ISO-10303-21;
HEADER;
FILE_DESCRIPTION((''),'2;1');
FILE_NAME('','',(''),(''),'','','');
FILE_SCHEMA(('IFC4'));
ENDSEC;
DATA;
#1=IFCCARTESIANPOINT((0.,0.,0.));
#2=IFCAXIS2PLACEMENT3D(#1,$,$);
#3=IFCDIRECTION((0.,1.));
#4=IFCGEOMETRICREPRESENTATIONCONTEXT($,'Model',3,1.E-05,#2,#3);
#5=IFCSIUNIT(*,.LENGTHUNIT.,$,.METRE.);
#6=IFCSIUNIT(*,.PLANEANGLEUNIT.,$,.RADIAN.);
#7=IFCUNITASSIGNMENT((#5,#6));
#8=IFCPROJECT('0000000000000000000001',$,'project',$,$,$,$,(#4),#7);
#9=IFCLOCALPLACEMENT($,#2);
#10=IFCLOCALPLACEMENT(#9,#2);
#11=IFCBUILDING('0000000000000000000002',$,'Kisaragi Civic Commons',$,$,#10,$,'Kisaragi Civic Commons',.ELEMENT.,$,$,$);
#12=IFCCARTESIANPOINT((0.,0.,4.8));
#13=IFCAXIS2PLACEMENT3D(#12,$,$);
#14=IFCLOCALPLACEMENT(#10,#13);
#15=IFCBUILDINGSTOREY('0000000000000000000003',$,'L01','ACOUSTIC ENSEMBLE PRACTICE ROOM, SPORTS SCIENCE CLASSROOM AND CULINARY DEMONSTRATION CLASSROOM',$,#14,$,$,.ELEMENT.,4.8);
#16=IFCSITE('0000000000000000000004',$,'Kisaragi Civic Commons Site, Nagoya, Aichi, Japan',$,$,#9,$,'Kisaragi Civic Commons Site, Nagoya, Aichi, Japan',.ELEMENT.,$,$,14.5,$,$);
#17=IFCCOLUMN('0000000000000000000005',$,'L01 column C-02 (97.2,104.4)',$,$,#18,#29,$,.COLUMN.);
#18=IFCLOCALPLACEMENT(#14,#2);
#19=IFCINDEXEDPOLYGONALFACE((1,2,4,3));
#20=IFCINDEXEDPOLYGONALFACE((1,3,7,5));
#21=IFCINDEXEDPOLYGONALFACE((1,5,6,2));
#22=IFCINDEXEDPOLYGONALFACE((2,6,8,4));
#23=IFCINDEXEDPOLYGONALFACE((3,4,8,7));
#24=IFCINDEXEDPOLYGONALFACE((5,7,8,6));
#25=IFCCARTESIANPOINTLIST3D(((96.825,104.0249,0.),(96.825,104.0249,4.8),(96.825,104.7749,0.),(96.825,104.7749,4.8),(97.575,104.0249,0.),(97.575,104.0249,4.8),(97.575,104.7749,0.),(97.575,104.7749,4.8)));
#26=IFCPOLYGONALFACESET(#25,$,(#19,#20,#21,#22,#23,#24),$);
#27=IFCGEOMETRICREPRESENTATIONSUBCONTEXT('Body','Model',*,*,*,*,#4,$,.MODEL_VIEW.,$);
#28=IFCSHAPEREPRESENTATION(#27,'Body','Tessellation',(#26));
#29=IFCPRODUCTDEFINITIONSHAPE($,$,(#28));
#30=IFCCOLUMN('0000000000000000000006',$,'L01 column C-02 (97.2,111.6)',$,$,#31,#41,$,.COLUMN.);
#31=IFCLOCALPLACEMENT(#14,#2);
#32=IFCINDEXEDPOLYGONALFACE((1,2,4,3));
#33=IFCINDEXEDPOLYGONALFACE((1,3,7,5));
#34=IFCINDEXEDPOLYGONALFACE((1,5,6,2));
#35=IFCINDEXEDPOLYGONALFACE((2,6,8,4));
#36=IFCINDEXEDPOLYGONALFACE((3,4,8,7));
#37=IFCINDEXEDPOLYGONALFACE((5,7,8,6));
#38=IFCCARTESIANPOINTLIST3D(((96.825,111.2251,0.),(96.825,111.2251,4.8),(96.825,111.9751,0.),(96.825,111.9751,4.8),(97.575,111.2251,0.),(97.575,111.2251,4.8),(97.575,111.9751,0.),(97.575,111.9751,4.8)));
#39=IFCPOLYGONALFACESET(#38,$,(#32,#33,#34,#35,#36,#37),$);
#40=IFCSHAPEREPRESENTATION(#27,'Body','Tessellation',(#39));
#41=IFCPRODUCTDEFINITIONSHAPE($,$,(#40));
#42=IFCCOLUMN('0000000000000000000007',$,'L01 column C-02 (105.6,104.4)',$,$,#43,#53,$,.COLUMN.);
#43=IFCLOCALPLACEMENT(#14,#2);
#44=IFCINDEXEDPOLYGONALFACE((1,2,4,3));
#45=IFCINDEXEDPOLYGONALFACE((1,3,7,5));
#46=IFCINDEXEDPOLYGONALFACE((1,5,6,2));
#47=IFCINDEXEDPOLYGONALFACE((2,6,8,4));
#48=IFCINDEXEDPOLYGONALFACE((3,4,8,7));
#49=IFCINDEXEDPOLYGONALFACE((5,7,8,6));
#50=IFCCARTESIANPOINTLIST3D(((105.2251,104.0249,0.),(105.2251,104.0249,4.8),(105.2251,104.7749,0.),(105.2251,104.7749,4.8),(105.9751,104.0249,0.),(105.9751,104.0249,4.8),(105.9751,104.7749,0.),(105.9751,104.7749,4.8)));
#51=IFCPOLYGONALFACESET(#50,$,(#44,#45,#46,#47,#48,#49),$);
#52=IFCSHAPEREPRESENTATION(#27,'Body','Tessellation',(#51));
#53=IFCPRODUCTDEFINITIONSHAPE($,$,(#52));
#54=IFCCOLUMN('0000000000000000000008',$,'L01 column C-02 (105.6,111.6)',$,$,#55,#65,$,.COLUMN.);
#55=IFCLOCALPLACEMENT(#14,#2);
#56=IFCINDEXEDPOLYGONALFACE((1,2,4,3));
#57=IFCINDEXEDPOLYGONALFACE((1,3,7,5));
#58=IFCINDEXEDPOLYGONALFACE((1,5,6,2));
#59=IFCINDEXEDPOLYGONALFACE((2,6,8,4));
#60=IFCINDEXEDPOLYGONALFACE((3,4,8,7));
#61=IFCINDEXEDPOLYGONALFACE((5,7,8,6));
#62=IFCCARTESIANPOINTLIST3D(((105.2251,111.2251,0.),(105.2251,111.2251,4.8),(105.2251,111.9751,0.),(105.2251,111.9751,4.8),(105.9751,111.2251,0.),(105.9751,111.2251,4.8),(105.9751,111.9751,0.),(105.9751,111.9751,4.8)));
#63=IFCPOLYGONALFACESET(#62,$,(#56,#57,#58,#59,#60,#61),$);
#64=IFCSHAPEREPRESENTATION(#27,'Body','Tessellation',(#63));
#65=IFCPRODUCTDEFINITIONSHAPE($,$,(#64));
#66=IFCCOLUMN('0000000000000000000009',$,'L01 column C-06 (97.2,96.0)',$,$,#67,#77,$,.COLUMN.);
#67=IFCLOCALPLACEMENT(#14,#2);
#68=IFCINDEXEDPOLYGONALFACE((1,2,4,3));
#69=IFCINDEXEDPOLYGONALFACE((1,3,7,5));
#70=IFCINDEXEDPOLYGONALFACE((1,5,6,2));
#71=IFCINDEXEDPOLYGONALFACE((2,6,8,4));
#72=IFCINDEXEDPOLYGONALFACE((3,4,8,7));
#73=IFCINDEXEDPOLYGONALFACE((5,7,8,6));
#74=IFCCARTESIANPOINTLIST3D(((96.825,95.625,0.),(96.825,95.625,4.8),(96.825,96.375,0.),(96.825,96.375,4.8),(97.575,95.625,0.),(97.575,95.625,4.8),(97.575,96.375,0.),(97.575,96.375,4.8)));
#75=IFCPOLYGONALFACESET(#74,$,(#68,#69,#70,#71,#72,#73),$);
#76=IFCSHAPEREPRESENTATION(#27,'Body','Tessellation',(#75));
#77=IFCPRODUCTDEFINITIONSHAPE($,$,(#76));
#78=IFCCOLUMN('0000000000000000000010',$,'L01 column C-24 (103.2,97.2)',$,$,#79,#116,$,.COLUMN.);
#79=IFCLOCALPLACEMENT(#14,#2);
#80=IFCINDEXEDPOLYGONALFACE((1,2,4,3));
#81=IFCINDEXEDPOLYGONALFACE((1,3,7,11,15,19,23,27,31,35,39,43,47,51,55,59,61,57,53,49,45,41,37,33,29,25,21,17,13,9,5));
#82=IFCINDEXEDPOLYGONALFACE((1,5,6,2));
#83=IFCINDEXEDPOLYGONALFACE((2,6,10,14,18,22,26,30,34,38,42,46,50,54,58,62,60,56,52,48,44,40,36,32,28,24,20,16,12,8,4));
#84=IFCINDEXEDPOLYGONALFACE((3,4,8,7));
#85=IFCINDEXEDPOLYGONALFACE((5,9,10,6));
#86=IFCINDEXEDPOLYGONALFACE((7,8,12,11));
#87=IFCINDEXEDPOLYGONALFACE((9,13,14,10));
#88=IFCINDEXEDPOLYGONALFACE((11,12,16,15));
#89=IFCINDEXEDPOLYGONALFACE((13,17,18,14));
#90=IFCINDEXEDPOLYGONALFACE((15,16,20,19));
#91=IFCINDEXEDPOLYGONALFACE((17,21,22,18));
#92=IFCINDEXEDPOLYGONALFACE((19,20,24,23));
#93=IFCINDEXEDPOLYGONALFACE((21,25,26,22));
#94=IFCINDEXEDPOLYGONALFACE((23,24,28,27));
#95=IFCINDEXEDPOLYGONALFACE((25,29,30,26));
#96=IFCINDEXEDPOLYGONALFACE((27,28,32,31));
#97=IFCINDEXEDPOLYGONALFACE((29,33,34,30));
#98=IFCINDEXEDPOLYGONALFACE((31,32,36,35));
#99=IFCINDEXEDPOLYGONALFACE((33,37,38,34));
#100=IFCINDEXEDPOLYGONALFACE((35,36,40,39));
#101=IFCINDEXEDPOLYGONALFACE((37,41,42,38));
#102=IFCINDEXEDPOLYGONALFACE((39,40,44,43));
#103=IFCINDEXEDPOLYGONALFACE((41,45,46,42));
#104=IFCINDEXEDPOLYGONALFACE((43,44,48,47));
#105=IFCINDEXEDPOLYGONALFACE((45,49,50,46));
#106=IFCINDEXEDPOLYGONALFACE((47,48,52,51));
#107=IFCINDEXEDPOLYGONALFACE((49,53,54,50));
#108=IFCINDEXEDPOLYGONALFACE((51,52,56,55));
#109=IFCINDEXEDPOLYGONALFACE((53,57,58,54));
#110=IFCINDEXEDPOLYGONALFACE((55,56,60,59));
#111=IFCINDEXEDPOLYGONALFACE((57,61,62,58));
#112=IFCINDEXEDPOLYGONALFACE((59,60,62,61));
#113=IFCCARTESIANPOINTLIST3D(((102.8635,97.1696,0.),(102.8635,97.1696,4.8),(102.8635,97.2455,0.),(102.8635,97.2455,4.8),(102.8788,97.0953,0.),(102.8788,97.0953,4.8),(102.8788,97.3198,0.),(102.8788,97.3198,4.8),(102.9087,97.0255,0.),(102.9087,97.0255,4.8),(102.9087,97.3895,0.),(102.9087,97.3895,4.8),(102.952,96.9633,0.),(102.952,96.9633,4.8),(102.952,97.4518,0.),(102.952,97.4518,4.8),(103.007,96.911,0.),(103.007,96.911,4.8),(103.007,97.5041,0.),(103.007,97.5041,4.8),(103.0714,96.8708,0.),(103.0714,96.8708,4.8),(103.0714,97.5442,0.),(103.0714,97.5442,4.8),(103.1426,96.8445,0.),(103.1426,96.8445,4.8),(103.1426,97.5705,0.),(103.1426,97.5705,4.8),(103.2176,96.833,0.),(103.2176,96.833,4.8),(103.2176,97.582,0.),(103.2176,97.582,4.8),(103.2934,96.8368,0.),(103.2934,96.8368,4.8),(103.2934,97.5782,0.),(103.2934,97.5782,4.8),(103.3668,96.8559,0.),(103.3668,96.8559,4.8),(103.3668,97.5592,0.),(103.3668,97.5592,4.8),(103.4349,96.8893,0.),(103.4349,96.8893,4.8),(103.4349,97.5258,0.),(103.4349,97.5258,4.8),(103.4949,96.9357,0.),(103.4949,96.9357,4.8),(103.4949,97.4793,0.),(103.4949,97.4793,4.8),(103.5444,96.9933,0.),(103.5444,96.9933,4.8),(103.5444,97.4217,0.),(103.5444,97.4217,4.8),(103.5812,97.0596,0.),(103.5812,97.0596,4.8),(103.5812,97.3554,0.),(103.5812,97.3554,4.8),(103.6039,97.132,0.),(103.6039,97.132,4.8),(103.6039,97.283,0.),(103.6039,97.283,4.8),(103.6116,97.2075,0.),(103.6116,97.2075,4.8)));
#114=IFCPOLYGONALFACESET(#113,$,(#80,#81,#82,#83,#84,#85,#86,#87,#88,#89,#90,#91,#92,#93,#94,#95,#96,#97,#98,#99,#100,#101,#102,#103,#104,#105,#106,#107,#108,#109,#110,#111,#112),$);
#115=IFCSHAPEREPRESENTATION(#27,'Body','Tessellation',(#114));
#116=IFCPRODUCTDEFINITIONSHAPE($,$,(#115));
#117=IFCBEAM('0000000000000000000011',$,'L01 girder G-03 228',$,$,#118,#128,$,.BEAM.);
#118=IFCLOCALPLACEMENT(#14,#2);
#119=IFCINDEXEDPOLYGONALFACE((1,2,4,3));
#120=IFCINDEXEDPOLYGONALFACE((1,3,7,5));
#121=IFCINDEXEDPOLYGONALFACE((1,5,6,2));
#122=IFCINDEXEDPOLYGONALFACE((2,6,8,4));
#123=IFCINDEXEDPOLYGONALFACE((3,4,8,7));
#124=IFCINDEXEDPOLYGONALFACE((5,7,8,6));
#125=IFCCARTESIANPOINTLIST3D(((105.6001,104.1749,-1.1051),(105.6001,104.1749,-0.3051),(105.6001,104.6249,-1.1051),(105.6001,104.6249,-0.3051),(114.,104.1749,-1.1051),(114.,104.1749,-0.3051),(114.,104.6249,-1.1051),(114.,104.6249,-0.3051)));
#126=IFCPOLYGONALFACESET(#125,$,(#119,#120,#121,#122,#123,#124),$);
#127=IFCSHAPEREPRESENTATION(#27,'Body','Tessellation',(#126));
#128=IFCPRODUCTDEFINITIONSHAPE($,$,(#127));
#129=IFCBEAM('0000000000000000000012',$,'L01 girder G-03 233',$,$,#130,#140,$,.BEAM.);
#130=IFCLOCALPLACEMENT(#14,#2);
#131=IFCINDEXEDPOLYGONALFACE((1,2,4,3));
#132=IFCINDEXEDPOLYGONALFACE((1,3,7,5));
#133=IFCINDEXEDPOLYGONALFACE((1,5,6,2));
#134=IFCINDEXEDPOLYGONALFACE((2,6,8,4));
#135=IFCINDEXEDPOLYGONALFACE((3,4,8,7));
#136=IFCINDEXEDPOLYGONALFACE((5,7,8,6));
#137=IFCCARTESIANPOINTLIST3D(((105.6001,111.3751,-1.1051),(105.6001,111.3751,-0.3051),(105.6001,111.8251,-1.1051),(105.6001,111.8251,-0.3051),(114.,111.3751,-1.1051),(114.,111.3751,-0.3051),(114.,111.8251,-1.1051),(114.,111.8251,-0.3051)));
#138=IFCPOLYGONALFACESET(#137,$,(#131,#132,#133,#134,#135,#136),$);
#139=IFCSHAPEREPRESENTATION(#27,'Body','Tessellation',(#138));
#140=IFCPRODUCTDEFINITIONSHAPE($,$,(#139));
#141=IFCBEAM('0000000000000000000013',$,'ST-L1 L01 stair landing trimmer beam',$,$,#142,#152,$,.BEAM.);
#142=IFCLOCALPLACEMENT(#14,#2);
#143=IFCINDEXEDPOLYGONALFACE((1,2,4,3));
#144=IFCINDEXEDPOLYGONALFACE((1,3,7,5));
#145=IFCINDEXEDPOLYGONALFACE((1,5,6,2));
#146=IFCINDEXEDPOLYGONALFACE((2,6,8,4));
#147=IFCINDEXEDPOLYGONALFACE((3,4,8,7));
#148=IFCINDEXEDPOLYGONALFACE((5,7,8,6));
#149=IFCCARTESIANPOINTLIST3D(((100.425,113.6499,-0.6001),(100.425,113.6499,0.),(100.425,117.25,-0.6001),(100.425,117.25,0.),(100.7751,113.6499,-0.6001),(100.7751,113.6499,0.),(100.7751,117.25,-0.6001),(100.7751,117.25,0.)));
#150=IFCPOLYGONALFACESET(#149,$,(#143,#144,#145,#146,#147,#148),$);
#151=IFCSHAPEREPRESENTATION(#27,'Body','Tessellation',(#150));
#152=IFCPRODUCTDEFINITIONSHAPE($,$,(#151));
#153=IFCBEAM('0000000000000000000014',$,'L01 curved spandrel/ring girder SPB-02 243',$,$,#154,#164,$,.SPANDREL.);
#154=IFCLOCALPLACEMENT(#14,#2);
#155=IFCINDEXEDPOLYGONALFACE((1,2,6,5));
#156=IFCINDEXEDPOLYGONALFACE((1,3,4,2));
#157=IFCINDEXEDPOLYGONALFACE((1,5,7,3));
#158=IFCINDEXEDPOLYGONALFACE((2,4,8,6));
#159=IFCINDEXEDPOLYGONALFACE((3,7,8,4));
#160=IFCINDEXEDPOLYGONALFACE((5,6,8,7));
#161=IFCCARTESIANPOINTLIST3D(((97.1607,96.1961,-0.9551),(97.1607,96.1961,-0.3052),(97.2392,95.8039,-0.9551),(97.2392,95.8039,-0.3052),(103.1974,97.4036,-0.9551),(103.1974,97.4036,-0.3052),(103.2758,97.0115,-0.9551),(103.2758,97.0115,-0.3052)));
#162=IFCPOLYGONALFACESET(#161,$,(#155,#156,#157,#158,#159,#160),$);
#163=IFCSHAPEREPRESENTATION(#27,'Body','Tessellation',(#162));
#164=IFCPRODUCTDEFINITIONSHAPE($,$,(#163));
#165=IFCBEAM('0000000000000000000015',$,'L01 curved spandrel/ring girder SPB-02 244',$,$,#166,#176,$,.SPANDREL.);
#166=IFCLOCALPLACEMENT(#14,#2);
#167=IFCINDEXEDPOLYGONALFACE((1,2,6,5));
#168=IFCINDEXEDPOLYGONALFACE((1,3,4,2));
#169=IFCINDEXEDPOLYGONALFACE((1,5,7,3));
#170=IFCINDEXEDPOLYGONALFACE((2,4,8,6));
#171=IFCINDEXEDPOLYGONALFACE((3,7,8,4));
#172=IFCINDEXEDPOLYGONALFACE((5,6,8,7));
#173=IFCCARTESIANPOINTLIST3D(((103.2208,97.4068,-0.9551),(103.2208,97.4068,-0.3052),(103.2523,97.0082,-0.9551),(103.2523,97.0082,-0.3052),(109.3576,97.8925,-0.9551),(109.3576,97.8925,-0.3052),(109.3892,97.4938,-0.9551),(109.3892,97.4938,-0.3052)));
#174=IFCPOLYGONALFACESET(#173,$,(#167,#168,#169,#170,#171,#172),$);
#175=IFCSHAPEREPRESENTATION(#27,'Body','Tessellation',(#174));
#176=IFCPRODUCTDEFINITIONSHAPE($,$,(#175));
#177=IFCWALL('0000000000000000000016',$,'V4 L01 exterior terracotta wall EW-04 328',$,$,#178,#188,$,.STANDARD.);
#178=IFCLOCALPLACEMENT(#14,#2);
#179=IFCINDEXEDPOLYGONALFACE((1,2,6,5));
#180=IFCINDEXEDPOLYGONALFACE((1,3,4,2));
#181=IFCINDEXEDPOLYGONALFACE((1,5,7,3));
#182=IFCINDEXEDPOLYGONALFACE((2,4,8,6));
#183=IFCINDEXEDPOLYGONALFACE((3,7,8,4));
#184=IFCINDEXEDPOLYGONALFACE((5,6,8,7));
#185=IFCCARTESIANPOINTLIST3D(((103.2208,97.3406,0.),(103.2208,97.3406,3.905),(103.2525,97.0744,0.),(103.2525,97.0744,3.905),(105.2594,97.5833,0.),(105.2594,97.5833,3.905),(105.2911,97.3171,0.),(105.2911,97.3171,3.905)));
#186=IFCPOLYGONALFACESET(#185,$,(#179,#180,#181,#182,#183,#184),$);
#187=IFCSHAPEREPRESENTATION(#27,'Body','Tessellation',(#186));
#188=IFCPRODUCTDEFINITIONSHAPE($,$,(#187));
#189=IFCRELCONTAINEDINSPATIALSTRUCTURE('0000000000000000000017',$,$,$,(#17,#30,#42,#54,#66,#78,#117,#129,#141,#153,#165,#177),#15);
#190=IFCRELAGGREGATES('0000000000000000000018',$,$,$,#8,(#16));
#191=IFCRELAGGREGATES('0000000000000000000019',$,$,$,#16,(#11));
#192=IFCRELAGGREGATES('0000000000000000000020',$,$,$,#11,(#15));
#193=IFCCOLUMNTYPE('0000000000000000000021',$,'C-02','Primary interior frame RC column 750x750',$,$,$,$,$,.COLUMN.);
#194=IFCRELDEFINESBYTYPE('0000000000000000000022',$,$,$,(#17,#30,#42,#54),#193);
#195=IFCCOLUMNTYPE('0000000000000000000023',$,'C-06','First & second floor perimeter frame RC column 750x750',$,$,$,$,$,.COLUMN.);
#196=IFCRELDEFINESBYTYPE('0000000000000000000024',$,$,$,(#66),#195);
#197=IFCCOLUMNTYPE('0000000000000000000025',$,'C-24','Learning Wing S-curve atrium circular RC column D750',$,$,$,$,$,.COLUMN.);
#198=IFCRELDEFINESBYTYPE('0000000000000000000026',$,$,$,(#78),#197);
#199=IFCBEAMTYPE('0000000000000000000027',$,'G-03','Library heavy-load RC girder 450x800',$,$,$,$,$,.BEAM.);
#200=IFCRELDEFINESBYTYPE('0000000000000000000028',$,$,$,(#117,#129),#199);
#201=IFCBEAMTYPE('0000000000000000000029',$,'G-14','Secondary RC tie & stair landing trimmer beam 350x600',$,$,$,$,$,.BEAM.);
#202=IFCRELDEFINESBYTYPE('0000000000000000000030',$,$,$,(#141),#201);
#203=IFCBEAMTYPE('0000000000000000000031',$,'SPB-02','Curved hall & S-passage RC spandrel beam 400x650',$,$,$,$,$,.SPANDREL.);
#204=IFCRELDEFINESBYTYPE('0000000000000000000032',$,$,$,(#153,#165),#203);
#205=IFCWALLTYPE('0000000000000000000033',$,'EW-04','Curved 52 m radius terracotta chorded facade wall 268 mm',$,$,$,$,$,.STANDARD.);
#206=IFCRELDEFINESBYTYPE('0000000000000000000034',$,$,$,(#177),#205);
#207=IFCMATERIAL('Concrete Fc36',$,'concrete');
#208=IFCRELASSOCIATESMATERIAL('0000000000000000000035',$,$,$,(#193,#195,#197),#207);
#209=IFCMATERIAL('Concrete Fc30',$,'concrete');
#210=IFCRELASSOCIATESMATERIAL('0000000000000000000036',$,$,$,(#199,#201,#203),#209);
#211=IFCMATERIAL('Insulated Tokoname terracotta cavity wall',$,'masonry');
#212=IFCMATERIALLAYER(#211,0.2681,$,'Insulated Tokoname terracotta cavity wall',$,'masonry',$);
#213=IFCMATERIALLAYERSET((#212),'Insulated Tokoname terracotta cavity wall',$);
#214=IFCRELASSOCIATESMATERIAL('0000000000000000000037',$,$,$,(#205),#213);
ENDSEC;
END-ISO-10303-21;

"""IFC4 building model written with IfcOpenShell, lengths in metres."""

from ifc_helpers import new_model, si_unit, direction, frame, frame_2d, origin, origin_2d, place, context, subcontext, project, spatial, rectangle, circle, extrude, material, layer, layer_set, material_profile, profile_set, type_object, element, save


model = new_model("IFC4")

# Units and contexts
model_context = context("Model", 3, precision=1e-05, world=origin(), true_north=direction((0.0, 1.0)))
body_context = subcontext(model_context, "Body", "Model", "MODEL_VIEW")
ifc_project = project(units=[si_unit("LENGTHUNIT", "METRE"), si_unit("PLANEANGLEUNIT", "RADIAN")], contexts=[model_context])

# Site, building, storey
site_placement = place(None, origin())
site = spatial("IfcSite", under=ifc_project, at=site_placement, Name="Kisaragi Civic Commons Site, Nagoya, Aichi, Japan", LongName="Kisaragi Civic Commons Site, Nagoya, Aichi, Japan", CompositionType="ELEMENT", RefElevation=14.5)
building_placement = place(site_placement, origin())
building = spatial("IfcBuilding", under=site, at=building_placement, Name="Kisaragi Civic Commons", LongName="Kisaragi Civic Commons", CompositionType="ELEMENT")
storey_placement = place(building_placement, frame((0.0, 0.0, 4.8)))
storey = spatial("IfcBuildingStorey", under=building, at=storey_placement, Name="L01", Description="ACOUSTIC ENSEMBLE PRACTICE ROOM, SPORTS SCIENCE CLASSROOM AND CULINARY DEMONSTRATION CLASSROOM", CompositionType="ELEMENT", Elevation=4.8)

# Columns
ifc_material_1 = material(Name="Concrete Fc36", Category="concrete")
ifc_material_profile_1 = material_profile(ifc_material_1, rectangle(XDim=0.75, YDim=0.75, at=origin_2d()), Name="RC-750x750", Category="concrete")
ifc_profile_set_1 = profile_set([ifc_material_profile_1], Name="Concrete Fc36")
column_type_1 = type_object("IfcColumnType", Name="C-02", Description="Primary interior frame RC column 750x750", PredefinedType="COLUMN", material=ifc_profile_set_1)
for number, where, z_axis, x_axis, name in (
    (1, (97.2, 104.3999, 0.0), (0.0, 0.0, 1.0), (1.0, 0.0, 0.0), "L01 column C-02 (97.2,104.4)"),
    (2, (97.2, 111.6001, 0.0), (0.0, 0.0, 1.0), (1.0, 0.0, 0.0), "L01 column C-02 (97.2,111.6)"),
    (3, (105.6001, 104.3999, 0.0), (0.0, 0.0, 1.0), (1.0, 0.0, 0.0), "L01 column C-02 (105.6,104.4)"),
    (4, (105.6001, 111.6001, 0.0), (0.0, 0.0, 1.0), (1.0, 0.0, 0.0), "L01 column C-02 (105.6,111.6)"),
):
    element("IfcColumn", number, at=place(storey_placement, frame(where, z_axis=z_axis, x_axis=x_axis)), inside=storey, type_object=column_type_1, Name=name, PredefinedType="COLUMN", context=body_context, shape_type="SweptSolid", body=[
        extrude(rectangle(XDim=0.75, YDim=0.75, at=origin_2d()), origin(), (0.0, 0.0, 1.0), 4.8),
    ])
ifc_material_profile_2 = material_profile(ifc_material_1, rectangle(XDim=0.75, YDim=0.75, at=origin_2d()), Name="RC-750x750", Category="concrete")
ifc_profile_set_2 = profile_set([ifc_material_profile_2], Name="Concrete Fc36")
column_type_2 = type_object("IfcColumnType", Name="C-06", Description="First & second floor perimeter frame RC column 750x750", PredefinedType="COLUMN", material=ifc_profile_set_2)
column_1_placement = place(storey_placement, frame((97.2, 96.0, 0.0), z_axis=(0.0, 0.0, 1.0), x_axis=(1.0, 0.0, 0.0)))
element("IfcColumn", 5, at=column_1_placement, inside=storey, type_object=column_type_2, Name="L01 column C-06 (97.2,96.0)", PredefinedType="COLUMN", context=body_context, shape_type="SweptSolid", body=[
    extrude(rectangle(XDim=0.75, YDim=0.75, at=origin_2d()), origin(), (0.0, 0.0, 1.0), 4.8),
])
ifc_material_profile_3 = material_profile(ifc_material_1, circle(Radius=0.375, at=origin_2d()), Name="RC-D750", Category="concrete")
ifc_profile_set_3 = profile_set([ifc_material_profile_3], Name="Concrete Fc36")
column_type_3 = type_object("IfcColumnType", Name="C-24", Description="Learning Wing S-curve atrium circular RC column D750", PredefinedType="COLUMN", material=ifc_profile_set_3)
column_2_placement = place(storey_placement, frame((103.2366, 97.2075, 0.0), z_axis=(0.0, 0.0, 1.0), x_axis=(1.0, 0.0, 0.0)))
element("IfcColumn", 6, at=column_2_placement, inside=storey, type_object=column_type_3, Name="L01 column C-24 (103.2,97.2)", PredefinedType="COLUMN", context=body_context, shape_type="SweptSolid", body=[
    extrude(circle(Radius=0.375, at=origin_2d()), origin(), (0.0, 0.0, 1.0), 4.8),
])

# Beams
ifc_material_2 = material(Name="Concrete Fc30", Category="concrete")
ifc_material_profile_4 = material_profile(ifc_material_2, rectangle(XDim=0.45, YDim=0.8, at=origin_2d()), Name="RC-450x800", Category="concrete")
ifc_profile_set_4 = profile_set([ifc_material_profile_4], Name="Concrete Fc30")
beam_type_1 = type_object("IfcBeamType", Name="G-03", Description="Library heavy-load RC girder 450x800", PredefinedType="BEAM", material=ifc_profile_set_4)
for number, where, z_axis, x_axis, name in (
    (7, (105.6001, 104.3999, -0.7051), (1.0, 0.0, 0.0), (0.0, 1.0, 0.0), "L01 girder G-03 228"),
    (8, (105.6001, 111.6001, -0.7051), (1.0, 0.0, 0.0), (0.0, 1.0, 0.0), "L01 girder G-03 233"),
):
    element("IfcBeam", number, at=place(storey_placement, frame(where, z_axis=z_axis, x_axis=x_axis)), inside=storey, type_object=beam_type_1, Name=name, PredefinedType="BEAM", context=body_context, shape_type="SweptSolid", body=[
        extrude(rectangle(XDim=0.45, YDim=0.8, at=origin_2d()), origin(), (0.0, 0.0, 1.0), 8.3999),
    ])
ifc_material_profile_5 = material_profile(ifc_material_2, rectangle(XDim=0.3501, YDim=0.6001, at=origin_2d()), Name="RC-350x600", Category="concrete")
ifc_profile_set_5 = profile_set([ifc_material_profile_5], Name="Concrete Fc30")
beam_type_2 = type_object("IfcBeamType", Name="G-14", Description="Secondary RC tie & stair landing trimmer beam 350x600", PredefinedType="BEAM", material=ifc_profile_set_5)
beam_1_placement = place(storey_placement, frame((100.6001, 113.6499, -0.3), z_axis=(0.0, 1.0, 0.0), x_axis=(-1.0, 0.0, 0.0)))
element("IfcBeam", 9, at=beam_1_placement, inside=storey, type_object=beam_type_2, Name="ST-L1 L01 stair landing trimmer beam", PredefinedType="BEAM", context=body_context, shape_type="SweptSolid", body=[
    extrude(rectangle(XDim=0.3501, YDim=0.6001, at=origin_2d()), origin(), (0.0, 0.0, 1.0), 3.6001),
])
ifc_material_profile_6 = material_profile(ifc_material_2, rectangle(XDim=0.3999, YDim=0.6499, at=origin_2d()), Name="RC-400x650", Category="concrete")
ifc_profile_set_6 = profile_set([ifc_material_profile_6], Name="Concrete Fc30")
beam_type_3 = type_object("IfcBeamType", Name="SPB-02", Description="Curved hall & S-passage RC spandrel beam 400x650", PredefinedType="SPANDREL", material=ifc_profile_set_6)
beam_2_placement = place(storey_placement, frame((97.2, 96.0, -0.6301), z_axis=(0.980575, 0.196147, 0.0), x_axis=(-0.196147, 0.980575, 0.0)))
element("IfcBeam", 10, at=beam_2_placement, inside=storey, type_object=beam_type_3, Name="L01 curved spandrel/ring girder SPB-02 243", PredefinedType="SPANDREL", context=body_context, shape_type="SweptSolid", body=[
    extrude(rectangle(XDim=0.3999, YDim=0.6499, at=origin_2d()), origin(), (0.0, 0.0, 1.0), 6.1562),
])
beam_3_placement = place(storey_placement, frame((103.2366, 97.2075, -0.6301), z_axis=(0.996884, 0.078883, 0.0), x_axis=(-0.078883, 0.996884, 0.0)))
element("IfcBeam", 11, at=beam_3_placement, inside=storey, type_object=beam_type_3, Name="L01 curved spandrel/ring girder SPB-02 244", PredefinedType="SPANDREL", context=body_context, shape_type="SweptSolid", body=[
    extrude(rectangle(XDim=0.3999, YDim=0.6499, at=origin_2d()), origin(), (0.0, 0.0, 1.0), 6.156),
])

# Wall
ifc_material_3 = material(Name="Insulated Tokoname terracotta cavity wall", Category="masonry")
ifc_layer_1 = layer(ifc_material_3, 0.2681, Name="Insulated Tokoname terracotta cavity wall", Category="masonry")
ifc_layer_set_1 = layer_set([ifc_layer_1], Name="Insulated Tokoname terracotta cavity wall")
wall_type_1 = type_object("IfcWallType", Name="EW-04", Description="Curved 52 m radius terracotta chorded facade wall 268 mm", PredefinedType="STANDARD", material=ifc_layer_set_1)
wall_1_placement = place(storey_placement, frame((105.2751, 97.4502, 0.0), z_axis=(0.0, 0.0, 1.0), x_axis=(-0.992989, -0.118207, 0.0)))
element("IfcWall", 12, at=wall_1_placement, inside=storey, type_object=wall_type_1, Name="V4 L01 exterior terracotta wall EW-04 328", PredefinedType="STANDARD", context=body_context, shape_type="SweptSolid", body=[
    extrude(rectangle(XDim=2.053, YDim=0.2681, at=frame_2d((1.0264, 0.0))), origin(), (0.0, 0.0, 1.0), 3.905),
])

save(model, "model.ifc")
